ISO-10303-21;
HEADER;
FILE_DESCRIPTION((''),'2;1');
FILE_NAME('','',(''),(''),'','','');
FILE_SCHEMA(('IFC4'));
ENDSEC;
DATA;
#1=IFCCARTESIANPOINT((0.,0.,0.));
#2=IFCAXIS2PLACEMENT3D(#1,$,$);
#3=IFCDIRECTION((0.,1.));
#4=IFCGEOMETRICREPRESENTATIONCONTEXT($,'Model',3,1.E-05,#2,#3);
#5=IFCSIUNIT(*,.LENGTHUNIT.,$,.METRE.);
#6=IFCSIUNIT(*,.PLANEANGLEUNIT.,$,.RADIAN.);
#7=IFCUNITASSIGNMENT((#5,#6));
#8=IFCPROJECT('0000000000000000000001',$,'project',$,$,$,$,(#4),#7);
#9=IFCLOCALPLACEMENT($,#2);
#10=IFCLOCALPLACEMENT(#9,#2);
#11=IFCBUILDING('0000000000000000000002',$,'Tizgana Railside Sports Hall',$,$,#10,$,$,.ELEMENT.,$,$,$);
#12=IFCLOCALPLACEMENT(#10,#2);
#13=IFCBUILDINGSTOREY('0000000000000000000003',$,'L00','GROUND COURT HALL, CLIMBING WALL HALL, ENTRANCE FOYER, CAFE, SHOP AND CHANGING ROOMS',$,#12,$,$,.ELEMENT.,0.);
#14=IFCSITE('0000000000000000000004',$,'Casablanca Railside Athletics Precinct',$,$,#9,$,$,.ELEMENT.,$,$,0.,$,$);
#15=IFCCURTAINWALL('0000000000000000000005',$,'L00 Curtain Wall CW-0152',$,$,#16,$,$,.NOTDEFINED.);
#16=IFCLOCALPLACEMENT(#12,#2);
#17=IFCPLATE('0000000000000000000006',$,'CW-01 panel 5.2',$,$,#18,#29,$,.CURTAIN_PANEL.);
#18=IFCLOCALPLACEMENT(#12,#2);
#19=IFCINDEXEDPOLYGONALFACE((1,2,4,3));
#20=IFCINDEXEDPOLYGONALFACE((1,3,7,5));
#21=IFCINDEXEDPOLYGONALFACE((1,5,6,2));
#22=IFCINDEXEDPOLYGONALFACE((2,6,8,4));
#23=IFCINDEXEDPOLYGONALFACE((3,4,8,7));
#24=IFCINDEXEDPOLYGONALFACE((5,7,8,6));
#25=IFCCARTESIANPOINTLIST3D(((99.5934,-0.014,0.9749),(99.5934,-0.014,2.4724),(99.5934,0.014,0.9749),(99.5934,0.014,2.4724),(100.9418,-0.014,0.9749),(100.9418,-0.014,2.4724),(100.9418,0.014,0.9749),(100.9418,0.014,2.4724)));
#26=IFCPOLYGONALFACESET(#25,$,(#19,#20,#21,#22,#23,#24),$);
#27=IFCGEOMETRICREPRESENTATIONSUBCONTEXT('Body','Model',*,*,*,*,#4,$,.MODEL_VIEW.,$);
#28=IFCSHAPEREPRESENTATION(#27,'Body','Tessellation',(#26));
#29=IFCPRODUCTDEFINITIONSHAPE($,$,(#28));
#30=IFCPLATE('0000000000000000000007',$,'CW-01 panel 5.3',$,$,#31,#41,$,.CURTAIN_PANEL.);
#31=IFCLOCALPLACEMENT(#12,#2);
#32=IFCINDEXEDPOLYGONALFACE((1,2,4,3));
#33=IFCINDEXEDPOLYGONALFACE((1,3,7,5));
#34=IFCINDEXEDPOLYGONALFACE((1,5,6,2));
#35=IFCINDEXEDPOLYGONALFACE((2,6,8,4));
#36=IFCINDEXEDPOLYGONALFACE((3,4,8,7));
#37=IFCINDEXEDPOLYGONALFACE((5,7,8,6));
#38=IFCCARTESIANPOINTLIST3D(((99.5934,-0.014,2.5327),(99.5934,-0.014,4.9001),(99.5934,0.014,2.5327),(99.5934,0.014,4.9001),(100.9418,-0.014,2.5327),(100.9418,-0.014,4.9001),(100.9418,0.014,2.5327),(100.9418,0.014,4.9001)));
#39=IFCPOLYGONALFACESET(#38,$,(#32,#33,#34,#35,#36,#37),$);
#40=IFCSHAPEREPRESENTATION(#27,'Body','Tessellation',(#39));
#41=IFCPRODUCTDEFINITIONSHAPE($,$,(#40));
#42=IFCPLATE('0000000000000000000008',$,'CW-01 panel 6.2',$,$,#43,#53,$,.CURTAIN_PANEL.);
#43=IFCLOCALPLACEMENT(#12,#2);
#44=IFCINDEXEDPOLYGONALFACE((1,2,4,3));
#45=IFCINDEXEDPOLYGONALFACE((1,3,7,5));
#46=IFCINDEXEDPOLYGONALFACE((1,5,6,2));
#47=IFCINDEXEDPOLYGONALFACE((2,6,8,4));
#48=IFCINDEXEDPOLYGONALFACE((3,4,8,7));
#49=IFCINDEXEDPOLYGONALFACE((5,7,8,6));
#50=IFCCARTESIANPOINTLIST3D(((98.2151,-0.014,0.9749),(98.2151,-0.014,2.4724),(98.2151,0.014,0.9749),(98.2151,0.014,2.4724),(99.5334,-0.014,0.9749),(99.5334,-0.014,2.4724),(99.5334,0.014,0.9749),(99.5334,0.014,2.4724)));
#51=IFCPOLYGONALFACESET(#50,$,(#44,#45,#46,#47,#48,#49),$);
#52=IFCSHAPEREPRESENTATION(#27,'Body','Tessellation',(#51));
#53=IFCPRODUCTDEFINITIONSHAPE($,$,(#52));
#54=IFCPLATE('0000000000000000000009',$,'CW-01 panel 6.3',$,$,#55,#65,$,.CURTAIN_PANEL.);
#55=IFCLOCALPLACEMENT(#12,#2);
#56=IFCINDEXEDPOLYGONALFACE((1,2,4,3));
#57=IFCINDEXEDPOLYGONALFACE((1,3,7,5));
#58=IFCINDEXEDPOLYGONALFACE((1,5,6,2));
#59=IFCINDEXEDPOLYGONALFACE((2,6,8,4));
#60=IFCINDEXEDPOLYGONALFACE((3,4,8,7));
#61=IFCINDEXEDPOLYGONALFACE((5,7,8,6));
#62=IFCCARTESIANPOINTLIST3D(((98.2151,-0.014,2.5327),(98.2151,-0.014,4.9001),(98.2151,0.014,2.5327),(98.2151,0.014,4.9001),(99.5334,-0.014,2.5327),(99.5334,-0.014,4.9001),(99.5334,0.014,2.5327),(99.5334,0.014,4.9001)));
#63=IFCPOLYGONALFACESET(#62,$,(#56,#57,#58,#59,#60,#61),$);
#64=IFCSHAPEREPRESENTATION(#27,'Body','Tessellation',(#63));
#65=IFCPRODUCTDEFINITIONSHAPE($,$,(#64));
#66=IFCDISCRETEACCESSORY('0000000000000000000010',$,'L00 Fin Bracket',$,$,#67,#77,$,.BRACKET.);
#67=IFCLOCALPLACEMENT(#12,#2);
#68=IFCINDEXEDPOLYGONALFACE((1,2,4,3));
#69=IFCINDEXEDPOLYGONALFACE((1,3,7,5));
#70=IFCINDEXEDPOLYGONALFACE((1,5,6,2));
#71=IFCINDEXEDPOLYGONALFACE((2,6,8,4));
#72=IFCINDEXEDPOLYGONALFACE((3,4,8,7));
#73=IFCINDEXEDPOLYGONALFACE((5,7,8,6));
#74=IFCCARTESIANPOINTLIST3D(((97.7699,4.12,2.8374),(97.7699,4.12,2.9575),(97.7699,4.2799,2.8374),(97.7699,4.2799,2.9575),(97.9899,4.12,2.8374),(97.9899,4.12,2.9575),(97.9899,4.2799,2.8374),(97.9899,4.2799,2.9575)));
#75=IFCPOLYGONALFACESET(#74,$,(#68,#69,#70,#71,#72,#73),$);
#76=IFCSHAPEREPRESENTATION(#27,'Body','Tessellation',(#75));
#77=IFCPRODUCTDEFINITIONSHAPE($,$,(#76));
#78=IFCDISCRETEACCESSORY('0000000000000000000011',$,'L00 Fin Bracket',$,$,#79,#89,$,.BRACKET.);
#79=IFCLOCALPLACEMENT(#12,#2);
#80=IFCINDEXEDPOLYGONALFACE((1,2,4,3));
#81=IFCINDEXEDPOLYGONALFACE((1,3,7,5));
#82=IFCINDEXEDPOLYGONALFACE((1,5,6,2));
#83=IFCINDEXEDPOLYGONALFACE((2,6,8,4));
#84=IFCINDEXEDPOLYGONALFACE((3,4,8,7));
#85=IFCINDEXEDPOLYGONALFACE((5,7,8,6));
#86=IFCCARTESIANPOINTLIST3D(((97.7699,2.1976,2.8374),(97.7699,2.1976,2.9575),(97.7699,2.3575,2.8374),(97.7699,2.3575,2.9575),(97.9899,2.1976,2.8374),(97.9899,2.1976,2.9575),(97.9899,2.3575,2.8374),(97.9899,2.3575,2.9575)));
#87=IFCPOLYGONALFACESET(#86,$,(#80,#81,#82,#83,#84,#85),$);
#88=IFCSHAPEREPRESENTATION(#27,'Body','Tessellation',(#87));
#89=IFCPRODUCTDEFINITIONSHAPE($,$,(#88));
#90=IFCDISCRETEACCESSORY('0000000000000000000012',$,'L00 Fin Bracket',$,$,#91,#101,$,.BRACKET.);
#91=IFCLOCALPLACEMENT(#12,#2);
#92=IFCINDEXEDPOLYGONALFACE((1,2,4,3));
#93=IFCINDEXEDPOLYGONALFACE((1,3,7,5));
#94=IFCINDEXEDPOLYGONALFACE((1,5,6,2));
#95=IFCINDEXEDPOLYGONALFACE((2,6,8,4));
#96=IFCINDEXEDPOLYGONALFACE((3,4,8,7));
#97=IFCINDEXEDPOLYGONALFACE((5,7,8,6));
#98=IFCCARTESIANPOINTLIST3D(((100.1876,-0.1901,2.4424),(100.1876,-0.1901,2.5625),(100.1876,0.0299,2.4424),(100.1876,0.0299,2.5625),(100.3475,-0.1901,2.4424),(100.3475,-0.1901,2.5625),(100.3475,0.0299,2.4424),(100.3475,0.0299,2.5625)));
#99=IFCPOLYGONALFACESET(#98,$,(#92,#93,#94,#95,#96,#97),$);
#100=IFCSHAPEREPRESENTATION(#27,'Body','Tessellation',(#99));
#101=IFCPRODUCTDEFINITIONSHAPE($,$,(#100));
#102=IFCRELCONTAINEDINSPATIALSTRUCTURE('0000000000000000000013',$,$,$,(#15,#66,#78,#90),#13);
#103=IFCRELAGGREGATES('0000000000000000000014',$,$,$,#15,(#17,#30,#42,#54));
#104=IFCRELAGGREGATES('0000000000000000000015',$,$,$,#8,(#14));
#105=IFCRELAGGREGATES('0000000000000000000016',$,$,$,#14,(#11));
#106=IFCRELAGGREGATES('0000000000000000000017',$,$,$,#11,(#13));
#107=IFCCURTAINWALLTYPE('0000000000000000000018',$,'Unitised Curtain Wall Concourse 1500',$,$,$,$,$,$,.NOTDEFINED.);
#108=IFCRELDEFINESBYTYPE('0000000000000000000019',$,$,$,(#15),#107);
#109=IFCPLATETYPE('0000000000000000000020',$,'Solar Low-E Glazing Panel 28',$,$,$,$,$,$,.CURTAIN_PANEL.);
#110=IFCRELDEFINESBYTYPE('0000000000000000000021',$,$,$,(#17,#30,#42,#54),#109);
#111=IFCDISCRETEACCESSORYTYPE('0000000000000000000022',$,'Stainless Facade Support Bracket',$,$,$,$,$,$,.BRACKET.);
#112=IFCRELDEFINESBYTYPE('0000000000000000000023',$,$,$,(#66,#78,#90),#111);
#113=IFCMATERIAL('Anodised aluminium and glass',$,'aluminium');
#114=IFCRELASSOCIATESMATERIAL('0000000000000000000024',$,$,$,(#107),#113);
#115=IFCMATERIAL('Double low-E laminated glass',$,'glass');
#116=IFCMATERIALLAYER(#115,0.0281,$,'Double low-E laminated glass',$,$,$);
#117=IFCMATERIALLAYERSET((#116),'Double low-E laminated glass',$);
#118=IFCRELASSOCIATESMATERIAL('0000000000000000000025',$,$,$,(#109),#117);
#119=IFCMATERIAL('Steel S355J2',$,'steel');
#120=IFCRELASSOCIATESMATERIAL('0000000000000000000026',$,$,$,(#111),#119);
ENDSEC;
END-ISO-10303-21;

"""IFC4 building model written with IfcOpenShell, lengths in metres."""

from ifc_helpers import new_model, si_unit, direction, frame, origin, origin_2d, place, context, subcontext, project, spatial, rectangle, extrude, material, layer, layer_set, type_object, element, aggregate, save


model = new_model("IFC4")

# Units and contexts
model_context = context("Model", 3, precision=1e-05, world=origin(), true_north=direction((0.0, 1.0)))
body_context = subcontext(model_context, "Body", "Model", "MODEL_VIEW")
ifc_project = project(units=[si_unit("LENGTHUNIT", "METRE"), si_unit("PLANEANGLEUNIT", "RADIAN")], contexts=[model_context])

# Site, building, storey
site_placement = place(None, origin())
site = spatial("IfcSite", under=ifc_project, at=site_placement, Name="Casablanca Railside Athletics Precinct", CompositionType="ELEMENT", RefElevation=0.0)
building_placement = place(site_placement, origin())
building = spatial("IfcBuilding", under=site, at=building_placement, Name="Tizgana Railside Sports Hall", CompositionType="ELEMENT")
storey_placement = place(building_placement, origin())
storey = spatial("IfcBuildingStorey", under=building, at=storey_placement, Name="L00", Description="GROUND COURT HALL, CLIMBING WALL HALL, ENTRANCE FOYER, CAFE, SHOP AND CHANGING ROOMS", CompositionType="ELEMENT", Elevation=0.0)

# Shared definitions
ifc_material_1 = material(Name="Steel S355J2", Category="steel")

# Curtain wall
ifc_material_2 = material(Name="Anodised aluminium and glass", Category="aluminium")
curtain_wall_type_1 = type_object("IfcCurtainWallType", Name="Unitised Curtain Wall Concourse 1500", PredefinedType="NOTDEFINED", material=ifc_material_2)
curtain_wall_1_placement = place(storey_placement, origin())
curtain_wall_1 = element("IfcCurtainWall", 1, at=curtain_wall_1_placement, inside=storey, type_object=curtain_wall_type_1, Name="L00 Curtain Wall CW-0152", PredefinedType="NOTDEFINED")

# Plates
ifc_material_3 = material(Name="Double low-E laminated glass", Category="glass")
ifc_layer_1 = layer(ifc_material_3, 0.0281, Name="Double low-E laminated glass")
ifc_layer_set_1 = layer_set([ifc_layer_1], Name="Double low-E laminated glass")
plate_type_1 = type_object("IfcPlateType", Name="Solar Low-E Glazing Panel 28", PredefinedType="CURTAIN_PANEL", material=ifc_layer_set_1)
plate_1_placement = place(storey_placement, frame((100.2676, 0.0, 0.9749), z_axis=(0.0, 0.0, 1.0), x_axis=(-1.0, 0.0, 0.0)))
plate_1 = element("IfcPlate", 2, at=plate_1_placement, type_object=plate_type_1, Name="CW-01 panel 5.2", PredefinedType="CURTAIN_PANEL", context=body_context, shape_type="SweptSolid", body=[
    extrude(rectangle(XDim=1.3484, YDim=0.0281, at=origin_2d()), origin(), (0.0, 0.0, 1.0), 1.4976),
])
plate_2_placement = place(storey_placement, frame((100.2676, 0.0, 2.5327), z_axis=(0.0, 0.0, 1.0), x_axis=(-1.0, 0.0, 0.0)))
plate_2 = element("IfcPlate", 3, at=plate_2_placement, type_object=plate_type_1, Name="CW-01 panel 5.3", PredefinedType="CURTAIN_PANEL", context=body_context, shape_type="SweptSolid", body=[
    extrude(rectangle(XDim=1.3484, YDim=0.0281, at=origin_2d()), origin(), (0.0, 0.0, 1.0), 2.3674),
])
plate_3_placement = place(storey_placement, frame((98.8743, 0.0, 0.9749), z_axis=(0.0, 0.0, 1.0), x_axis=(-1.0, 0.0, 0.0)))
plate_3 = element("IfcPlate", 4, at=plate_3_placement, type_object=plate_type_1, Name="CW-01 panel 6.2", PredefinedType="CURTAIN_PANEL", context=body_context, shape_type="SweptSolid", body=[
    extrude(rectangle(XDim=1.3184, YDim=0.0281, at=origin_2d()), origin(), (0.0, 0.0, 1.0), 1.4976),
])
plate_4_placement = place(storey_placement, frame((98.8743, 0.0, 2.5327), z_axis=(0.0, 0.0, 1.0), x_axis=(-1.0, 0.0, 0.0)))
plate_4 = element("IfcPlate", 5, at=plate_4_placement, type_object=plate_type_1, Name="CW-01 panel 6.3", PredefinedType="CURTAIN_PANEL", context=body_context, shape_type="SweptSolid", body=[
    extrude(rectangle(XDim=1.3184, YDim=0.0281, at=origin_2d()), origin(), (0.0, 0.0, 1.0), 2.3674),
])
aggregate(curtain_wall_1, [plate_1, plate_2, plate_3, plate_4])

# Discrete accessories
discrete_accessory_type = type_object("IfcDiscreteAccessoryType", Name="Stainless Facade Support Bracket", PredefinedType="BRACKET", material=ifc_material_1)
for number, where, z_axis, x_axis, name in (
    (6, (97.8799, 4.2, 2.8374), (0.0, 0.0, 1.0), (0.0, -1.0, 0.0), "L00 Fin Bracket"),
    (7, (97.8799, 2.2776, 2.8374), (0.0, 0.0, 1.0), (0.0, -1.0, 0.0), "L00 Fin Bracket"),
    (8, (100.2676, -0.0801, 2.4424), (0.0, 0.0, 1.0), (-1.0, 0.0, 0.0), "L00 Fin Bracket"),
):
    element("IfcDiscreteAccessory", number, at=place(storey_placement, frame(where, z_axis=z_axis, x_axis=x_axis)), inside=storey, type_object=discrete_accessory_type, Name=name, PredefinedType="BRACKET", context=body_context, shape_type="SweptSolid", body=[
        extrude(rectangle(XDim=0.1599, YDim=0.22, at=origin_2d()), origin(), (0.0, 0.0, 1.0), 0.1201),
    ])

save(model, "model.ifc")
